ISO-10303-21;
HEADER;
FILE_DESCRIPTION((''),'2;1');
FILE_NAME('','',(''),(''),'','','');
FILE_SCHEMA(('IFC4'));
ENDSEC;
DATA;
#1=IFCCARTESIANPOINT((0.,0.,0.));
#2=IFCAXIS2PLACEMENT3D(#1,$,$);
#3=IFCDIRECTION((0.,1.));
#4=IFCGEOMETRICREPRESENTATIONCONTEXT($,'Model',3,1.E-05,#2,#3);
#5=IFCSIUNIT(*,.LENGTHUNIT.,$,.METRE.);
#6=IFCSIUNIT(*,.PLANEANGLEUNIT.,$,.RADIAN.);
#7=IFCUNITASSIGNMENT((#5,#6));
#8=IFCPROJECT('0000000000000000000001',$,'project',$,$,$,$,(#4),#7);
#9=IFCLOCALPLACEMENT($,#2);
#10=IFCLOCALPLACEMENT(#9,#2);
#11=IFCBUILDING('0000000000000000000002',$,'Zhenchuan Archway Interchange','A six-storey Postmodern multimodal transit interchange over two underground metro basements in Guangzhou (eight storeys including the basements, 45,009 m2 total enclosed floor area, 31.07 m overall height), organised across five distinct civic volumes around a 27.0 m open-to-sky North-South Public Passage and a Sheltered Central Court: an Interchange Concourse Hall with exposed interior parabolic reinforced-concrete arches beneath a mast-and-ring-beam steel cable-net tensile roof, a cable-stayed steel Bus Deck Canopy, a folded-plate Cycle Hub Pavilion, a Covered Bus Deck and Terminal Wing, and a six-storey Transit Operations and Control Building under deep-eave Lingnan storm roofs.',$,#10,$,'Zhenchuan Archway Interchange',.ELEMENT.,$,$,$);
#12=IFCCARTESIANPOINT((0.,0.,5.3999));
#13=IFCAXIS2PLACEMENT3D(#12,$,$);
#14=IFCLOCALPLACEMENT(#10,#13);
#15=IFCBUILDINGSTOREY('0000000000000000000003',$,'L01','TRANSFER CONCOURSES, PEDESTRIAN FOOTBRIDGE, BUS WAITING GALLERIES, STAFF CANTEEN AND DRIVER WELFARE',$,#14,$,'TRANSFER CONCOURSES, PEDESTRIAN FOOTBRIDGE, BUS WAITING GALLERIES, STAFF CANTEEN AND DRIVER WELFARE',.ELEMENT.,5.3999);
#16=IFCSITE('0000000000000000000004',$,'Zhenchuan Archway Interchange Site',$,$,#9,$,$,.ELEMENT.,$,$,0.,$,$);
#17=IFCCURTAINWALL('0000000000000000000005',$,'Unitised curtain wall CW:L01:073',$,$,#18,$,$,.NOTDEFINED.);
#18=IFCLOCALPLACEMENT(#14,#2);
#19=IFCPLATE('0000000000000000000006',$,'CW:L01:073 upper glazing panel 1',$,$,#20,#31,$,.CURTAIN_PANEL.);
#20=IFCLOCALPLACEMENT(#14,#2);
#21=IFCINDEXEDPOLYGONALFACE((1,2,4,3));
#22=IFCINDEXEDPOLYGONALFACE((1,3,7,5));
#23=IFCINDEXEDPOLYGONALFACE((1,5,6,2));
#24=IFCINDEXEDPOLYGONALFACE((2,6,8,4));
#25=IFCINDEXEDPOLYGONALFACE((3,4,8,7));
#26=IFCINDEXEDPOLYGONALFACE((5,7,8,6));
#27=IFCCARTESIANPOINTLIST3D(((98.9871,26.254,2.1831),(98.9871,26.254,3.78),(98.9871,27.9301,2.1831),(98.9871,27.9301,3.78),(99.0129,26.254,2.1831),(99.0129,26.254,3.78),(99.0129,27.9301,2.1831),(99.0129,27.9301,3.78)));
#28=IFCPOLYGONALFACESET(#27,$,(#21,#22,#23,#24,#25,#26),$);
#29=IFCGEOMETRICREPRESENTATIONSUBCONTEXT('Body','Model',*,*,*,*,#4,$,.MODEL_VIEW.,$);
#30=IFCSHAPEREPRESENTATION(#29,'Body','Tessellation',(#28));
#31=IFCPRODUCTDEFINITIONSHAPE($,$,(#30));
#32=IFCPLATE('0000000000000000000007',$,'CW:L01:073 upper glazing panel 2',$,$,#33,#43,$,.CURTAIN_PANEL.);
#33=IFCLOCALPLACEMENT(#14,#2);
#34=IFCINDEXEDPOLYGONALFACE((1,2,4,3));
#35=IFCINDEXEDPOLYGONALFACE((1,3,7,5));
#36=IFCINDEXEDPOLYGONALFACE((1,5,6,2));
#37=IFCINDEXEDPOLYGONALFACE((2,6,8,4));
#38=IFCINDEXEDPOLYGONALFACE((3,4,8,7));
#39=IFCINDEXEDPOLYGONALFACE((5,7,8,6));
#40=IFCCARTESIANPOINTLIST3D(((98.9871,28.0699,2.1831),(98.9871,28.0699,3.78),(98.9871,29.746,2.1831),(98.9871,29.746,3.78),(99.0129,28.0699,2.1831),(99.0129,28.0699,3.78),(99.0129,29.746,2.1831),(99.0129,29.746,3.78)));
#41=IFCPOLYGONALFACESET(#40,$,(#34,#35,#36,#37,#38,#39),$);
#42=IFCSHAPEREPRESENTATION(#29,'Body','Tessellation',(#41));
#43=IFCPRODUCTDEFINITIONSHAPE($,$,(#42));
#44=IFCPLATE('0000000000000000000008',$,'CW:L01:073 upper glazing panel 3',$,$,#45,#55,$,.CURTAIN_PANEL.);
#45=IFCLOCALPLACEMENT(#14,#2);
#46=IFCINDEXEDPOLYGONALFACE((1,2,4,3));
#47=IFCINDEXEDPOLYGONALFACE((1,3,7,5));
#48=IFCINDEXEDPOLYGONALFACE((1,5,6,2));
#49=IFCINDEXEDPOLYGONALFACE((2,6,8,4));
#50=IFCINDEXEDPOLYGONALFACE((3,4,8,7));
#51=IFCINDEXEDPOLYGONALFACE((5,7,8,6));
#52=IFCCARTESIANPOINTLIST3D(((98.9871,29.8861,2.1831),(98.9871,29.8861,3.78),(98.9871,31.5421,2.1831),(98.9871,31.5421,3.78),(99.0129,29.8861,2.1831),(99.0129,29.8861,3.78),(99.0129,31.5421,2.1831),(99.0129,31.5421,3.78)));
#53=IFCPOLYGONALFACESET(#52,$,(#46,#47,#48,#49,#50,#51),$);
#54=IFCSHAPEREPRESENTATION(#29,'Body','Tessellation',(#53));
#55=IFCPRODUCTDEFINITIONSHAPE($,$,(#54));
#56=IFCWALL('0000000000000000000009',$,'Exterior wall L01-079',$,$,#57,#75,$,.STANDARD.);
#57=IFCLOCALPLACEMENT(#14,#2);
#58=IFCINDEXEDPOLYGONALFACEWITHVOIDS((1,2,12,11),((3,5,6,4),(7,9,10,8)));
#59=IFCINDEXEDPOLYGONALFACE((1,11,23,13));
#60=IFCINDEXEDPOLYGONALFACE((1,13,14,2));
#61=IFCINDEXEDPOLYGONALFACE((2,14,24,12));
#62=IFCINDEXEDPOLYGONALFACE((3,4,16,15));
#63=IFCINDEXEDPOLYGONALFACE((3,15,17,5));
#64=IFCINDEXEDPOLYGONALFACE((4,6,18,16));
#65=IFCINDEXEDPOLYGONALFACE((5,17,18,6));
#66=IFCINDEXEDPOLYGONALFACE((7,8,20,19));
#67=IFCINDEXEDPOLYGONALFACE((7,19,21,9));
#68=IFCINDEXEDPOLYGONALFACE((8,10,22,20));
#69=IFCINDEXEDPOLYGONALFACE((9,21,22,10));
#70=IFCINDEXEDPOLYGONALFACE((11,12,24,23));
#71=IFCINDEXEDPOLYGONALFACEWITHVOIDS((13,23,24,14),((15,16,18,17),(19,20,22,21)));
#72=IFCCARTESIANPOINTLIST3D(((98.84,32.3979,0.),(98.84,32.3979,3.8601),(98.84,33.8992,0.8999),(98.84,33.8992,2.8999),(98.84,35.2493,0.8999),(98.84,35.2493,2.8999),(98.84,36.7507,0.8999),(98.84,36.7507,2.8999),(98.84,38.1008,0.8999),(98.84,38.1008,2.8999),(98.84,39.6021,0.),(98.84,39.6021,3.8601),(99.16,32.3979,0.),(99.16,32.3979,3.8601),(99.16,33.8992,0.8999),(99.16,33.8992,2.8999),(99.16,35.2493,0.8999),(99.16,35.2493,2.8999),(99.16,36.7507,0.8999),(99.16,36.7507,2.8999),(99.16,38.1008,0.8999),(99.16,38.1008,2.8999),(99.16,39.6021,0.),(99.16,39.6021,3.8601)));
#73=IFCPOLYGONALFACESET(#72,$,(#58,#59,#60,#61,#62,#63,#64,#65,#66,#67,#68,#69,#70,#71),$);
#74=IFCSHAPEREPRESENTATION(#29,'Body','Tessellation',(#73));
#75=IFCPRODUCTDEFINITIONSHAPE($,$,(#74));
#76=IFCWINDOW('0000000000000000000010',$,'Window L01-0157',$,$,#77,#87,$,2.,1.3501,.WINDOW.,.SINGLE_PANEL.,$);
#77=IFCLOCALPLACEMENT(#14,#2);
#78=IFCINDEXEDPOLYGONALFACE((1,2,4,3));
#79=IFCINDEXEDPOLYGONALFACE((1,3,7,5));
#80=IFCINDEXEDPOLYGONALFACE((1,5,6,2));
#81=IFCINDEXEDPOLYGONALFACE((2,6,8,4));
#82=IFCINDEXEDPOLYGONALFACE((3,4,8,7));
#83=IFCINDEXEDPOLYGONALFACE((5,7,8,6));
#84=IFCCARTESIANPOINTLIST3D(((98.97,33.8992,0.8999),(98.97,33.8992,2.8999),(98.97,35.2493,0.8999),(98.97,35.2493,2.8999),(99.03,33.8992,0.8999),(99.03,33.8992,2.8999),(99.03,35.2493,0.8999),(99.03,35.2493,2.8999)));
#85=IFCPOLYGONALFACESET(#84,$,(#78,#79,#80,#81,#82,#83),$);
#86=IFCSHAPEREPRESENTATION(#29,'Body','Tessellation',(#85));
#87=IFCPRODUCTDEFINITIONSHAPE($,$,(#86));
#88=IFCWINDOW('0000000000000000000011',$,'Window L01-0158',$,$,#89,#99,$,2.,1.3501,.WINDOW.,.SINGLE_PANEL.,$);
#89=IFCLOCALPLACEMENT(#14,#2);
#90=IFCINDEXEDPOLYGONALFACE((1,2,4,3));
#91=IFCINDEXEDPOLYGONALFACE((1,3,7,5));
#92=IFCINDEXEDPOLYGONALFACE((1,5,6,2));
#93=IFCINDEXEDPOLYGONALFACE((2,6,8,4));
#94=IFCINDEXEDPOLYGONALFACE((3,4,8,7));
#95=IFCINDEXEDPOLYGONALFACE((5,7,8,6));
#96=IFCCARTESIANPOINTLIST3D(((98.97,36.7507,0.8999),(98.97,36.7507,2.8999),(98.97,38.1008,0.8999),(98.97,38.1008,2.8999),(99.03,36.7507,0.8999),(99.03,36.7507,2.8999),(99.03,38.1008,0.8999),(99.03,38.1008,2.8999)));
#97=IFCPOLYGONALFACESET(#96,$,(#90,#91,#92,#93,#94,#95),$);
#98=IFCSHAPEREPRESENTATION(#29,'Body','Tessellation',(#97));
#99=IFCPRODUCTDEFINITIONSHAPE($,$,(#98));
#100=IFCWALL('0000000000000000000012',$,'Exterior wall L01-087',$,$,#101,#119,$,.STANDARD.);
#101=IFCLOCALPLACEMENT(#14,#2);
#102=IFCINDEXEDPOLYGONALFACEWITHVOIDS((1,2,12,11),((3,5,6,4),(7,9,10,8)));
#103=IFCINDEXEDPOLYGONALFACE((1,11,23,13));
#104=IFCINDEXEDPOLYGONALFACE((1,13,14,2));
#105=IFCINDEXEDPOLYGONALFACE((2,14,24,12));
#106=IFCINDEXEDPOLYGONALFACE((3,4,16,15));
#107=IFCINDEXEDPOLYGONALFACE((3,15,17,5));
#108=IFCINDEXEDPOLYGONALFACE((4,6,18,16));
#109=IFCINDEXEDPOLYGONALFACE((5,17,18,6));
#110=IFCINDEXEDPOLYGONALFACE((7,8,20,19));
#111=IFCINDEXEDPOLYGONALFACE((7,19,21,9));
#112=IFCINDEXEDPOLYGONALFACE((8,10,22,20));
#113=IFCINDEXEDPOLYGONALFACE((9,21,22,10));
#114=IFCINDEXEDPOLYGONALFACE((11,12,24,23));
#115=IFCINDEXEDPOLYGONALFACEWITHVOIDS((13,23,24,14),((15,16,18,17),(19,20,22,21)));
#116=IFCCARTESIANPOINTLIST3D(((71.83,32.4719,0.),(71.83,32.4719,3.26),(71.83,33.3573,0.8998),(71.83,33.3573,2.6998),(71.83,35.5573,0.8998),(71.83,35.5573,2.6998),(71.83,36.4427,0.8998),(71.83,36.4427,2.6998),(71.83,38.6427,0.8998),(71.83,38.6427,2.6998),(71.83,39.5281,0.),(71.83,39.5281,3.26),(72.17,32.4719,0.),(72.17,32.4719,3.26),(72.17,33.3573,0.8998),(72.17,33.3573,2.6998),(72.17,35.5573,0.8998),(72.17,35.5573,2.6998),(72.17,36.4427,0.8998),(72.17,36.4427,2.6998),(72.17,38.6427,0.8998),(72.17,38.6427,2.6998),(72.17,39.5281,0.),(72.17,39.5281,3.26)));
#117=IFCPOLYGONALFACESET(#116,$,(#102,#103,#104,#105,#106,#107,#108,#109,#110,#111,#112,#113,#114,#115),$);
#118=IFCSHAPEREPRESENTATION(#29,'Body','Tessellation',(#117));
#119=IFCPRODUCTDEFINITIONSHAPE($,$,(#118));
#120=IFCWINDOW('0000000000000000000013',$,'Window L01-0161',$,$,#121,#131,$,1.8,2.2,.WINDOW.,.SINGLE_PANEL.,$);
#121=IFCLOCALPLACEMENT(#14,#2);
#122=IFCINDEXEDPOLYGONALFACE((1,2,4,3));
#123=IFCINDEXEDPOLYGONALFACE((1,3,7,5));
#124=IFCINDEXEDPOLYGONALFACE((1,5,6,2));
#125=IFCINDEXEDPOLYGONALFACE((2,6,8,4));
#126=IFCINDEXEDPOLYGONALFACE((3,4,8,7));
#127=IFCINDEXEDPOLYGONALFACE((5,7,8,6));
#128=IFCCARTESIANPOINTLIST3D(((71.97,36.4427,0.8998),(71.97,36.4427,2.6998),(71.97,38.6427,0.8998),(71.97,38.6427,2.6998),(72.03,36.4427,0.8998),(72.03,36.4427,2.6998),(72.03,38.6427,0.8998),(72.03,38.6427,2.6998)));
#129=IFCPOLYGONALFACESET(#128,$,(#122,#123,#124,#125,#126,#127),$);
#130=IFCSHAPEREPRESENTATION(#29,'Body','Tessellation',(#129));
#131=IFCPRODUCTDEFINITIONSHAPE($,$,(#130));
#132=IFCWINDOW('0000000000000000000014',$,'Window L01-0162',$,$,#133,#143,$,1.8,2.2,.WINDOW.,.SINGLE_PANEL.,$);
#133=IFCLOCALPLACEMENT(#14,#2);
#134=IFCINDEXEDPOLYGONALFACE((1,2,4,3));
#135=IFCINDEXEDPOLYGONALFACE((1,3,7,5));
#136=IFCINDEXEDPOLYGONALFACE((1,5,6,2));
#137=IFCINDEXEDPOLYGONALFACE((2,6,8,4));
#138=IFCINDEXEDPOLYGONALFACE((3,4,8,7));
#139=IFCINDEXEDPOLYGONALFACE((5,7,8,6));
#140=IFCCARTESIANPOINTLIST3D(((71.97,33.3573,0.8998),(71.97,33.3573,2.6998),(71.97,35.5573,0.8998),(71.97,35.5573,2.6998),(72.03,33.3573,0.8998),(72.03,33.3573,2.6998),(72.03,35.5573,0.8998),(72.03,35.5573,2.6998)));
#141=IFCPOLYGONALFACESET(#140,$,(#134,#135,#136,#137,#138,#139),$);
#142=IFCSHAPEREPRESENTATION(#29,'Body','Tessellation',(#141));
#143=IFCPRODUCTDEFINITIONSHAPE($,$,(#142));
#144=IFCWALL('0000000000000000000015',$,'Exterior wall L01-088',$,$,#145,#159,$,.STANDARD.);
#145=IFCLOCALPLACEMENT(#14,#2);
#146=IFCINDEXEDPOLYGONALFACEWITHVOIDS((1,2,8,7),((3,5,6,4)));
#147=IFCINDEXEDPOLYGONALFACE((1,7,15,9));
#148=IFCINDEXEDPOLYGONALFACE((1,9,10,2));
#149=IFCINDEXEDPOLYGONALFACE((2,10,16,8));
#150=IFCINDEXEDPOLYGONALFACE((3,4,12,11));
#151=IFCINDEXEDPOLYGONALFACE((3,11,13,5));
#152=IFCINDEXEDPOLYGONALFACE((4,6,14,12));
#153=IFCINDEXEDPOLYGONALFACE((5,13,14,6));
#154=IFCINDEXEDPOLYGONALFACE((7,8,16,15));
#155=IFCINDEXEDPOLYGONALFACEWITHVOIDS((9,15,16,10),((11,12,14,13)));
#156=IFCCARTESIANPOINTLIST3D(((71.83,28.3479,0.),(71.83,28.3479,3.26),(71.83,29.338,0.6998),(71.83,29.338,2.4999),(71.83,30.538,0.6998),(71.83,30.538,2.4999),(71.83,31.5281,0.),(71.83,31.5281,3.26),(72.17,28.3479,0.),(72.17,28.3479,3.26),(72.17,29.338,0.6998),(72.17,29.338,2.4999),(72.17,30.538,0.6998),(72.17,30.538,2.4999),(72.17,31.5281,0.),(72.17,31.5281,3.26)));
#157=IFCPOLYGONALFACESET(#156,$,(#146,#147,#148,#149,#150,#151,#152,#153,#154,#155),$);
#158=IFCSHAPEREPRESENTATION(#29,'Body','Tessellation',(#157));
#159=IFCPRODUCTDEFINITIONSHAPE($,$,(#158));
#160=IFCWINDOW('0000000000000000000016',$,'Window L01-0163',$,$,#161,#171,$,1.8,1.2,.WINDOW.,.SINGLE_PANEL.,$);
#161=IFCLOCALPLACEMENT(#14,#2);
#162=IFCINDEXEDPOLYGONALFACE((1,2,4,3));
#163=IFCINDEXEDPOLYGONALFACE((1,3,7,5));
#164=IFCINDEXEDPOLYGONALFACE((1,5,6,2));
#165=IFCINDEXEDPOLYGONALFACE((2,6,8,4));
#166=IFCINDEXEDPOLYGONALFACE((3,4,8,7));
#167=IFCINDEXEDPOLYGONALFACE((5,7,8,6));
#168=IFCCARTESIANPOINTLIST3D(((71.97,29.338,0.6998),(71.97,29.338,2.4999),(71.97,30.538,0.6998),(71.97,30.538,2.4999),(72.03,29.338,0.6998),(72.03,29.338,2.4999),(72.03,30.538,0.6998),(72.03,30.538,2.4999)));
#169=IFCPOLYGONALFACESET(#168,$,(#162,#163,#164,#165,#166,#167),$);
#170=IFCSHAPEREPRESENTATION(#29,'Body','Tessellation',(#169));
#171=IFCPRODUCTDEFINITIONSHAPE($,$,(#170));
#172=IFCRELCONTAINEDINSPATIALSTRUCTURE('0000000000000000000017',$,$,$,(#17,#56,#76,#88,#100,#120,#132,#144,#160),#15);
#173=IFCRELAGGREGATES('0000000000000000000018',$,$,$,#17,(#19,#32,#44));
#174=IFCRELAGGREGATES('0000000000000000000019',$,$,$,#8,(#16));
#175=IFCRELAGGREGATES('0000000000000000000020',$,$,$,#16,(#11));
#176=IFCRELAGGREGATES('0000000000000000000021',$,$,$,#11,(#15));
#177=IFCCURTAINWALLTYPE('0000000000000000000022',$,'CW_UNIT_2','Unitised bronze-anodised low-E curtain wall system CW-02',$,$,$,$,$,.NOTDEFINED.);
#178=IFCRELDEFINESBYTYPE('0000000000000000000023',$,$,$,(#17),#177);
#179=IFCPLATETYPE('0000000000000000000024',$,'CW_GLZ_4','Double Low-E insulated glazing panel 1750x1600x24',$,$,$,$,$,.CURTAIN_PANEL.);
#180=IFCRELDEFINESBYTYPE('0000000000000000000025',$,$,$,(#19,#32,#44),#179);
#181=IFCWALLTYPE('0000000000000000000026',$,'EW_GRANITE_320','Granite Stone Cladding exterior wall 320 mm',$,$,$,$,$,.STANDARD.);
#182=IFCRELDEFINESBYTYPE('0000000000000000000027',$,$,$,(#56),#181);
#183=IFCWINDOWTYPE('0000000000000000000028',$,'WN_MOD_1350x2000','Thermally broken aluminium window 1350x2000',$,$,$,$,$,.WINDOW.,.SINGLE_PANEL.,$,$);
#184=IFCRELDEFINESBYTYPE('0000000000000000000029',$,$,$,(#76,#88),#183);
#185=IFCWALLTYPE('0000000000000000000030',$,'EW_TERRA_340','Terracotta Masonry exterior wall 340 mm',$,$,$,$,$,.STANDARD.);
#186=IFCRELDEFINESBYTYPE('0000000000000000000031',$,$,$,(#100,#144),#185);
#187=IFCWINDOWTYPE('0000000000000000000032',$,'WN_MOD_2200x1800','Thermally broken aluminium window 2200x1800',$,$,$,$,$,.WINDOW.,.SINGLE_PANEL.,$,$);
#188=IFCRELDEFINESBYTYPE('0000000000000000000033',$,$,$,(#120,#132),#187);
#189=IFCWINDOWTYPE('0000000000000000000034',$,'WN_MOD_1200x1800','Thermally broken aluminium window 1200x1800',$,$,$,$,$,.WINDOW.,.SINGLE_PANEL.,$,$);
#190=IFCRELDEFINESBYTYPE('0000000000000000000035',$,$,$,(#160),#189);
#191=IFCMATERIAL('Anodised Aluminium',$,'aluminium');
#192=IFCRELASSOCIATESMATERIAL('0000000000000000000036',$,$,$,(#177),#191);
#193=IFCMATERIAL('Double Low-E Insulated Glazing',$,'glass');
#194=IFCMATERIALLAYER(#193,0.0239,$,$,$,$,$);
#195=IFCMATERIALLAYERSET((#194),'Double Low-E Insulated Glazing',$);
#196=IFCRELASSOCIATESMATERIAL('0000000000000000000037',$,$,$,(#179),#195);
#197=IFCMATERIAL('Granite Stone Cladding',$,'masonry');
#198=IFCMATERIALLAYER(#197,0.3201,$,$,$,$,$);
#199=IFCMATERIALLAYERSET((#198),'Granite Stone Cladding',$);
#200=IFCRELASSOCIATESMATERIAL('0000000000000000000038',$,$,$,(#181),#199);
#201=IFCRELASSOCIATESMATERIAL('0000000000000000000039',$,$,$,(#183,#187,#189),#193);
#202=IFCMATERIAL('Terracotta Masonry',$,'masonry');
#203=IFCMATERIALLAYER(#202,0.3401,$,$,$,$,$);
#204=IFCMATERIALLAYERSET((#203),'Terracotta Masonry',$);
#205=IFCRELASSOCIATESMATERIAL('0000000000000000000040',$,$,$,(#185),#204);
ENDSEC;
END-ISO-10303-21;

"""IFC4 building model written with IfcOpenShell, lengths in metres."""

from ifc_helpers import new_model, si_unit, direction, frame, frame_2d, origin, origin_2d, place, context, subcontext, project, spatial, rectangle, extrude, material, layer, layer_set, type_object, element, fill, aggregate, save


model = new_model("IFC4")

# Units and contexts
model_context = context("Model", 3, precision=1e-05, world=origin(), true_north=direction((0.0, 1.0)))
body_context = subcontext(model_context, "Body", "Model", "MODEL_VIEW")
ifc_project = project(units=[si_unit("LENGTHUNIT", "METRE"), si_unit("PLANEANGLEUNIT", "RADIAN")], contexts=[model_context])

# Site, building, storey
site_placement = place(None, origin())
site = spatial("IfcSite", under=ifc_project, at=site_placement, Name="Zhenchuan Archway Interchange Site", CompositionType="ELEMENT", RefElevation=0.0)
building_placement = place(site_placement, origin())
building = spatial("IfcBuilding", under=site, at=building_placement, Name="Zhenchuan Archway Interchange", Description="A six-storey Postmodern multimodal transit interchange over two underground metro basements in Guangzhou (eight storeys including the basements, 45,009 m2 total enclosed floor area, 31.07 m overall height), organised across five distinct civic volumes around a 27.0 m open-to-sky North-South Public Passage and a Sheltered Central Court: an Interchange Concourse Hall with exposed interior parabolic reinforced-concrete arches beneath a mast-and-ring-beam steel cable-net tensile roof, a cable-stayed steel Bus Deck Canopy, a folded-plate Cycle Hub Pavilion, a Covered Bus Deck and Terminal Wing, and a six-storey Transit Operations and Control Building under deep-eave Lingnan storm roofs.", LongName="Zhenchuan Archway Interchange", CompositionType="ELEMENT")
storey_placement = place(building_placement, frame((0.0, 0.0, 5.3999)))
storey = spatial("IfcBuildingStorey", under=building, at=storey_placement, Name="L01", Description="TRANSFER CONCOURSES, PEDESTRIAN FOOTBRIDGE, BUS WAITING GALLERIES, STAFF CANTEEN AND DRIVER WELFARE", LongName="TRANSFER CONCOURSES, PEDESTRIAN FOOTBRIDGE, BUS WAITING GALLERIES, STAFF CANTEEN AND DRIVER WELFARE", CompositionType="ELEMENT", Elevation=5.3999)

# Curtain wall
ifc_material_1 = material(Name="Anodised Aluminium", Category="aluminium")
curtain_wall_type = type_object("IfcCurtainWallType", Name="CW_UNIT_2", Description="Unitised bronze-anodised low-E curtain wall system CW-02", PredefinedType="NOTDEFINED", material=ifc_material_1)
curtain_wall_placement = place(storey_placement, origin())
curtain_wall = element("IfcCurtainWall", 1, at=curtain_wall_placement, inside=storey, type_object=curtain_wall_type, Name="Unitised curtain wall CW:L01:073", PredefinedType="NOTDEFINED")

# Plates
ifc_material_2 = material(Name="Double Low-E Insulated Glazing", Category="glass")
ifc_layer_1 = layer(ifc_material_2, 0.0239)
ifc_layer_set_1 = layer_set([ifc_layer_1], Name="Double Low-E Insulated Glazing")
plate_type_1 = type_object("IfcPlateType", Name="CW_GLZ_4", Description="Double Low-E insulated glazing panel 1750x1600x24", PredefinedType="CURTAIN_PANEL", material=ifc_layer_set_1)
plate_1_placement = place(storey_placement, frame((99.0, 27.092, 2.1831), z_axis=(0.0, 0.0, 1.0), x_axis=(0.0, 1.0, 0.0)))
plate_1 = element("IfcPlate", 2, at=plate_1_placement, type_object=plate_type_1, Name="CW:L01:073 upper glazing panel 1", PredefinedType="CURTAIN_PANEL", context=body_context, shape_type="SweptSolid", body=[
    extrude(rectangle(XDim=1.676, YDim=0.0259, at=origin_2d()), origin(), (0.0, 0.0, 1.0), 1.5969),
])
plate_2_placement = place(storey_placement, frame((99.0, 28.908, 2.1831), z_axis=(0.0, 0.0, 1.0), x_axis=(0.0, 1.0, 0.0)))
plate_2 = element("IfcPlate", 3, at=plate_2_placement, type_object=plate_type_1, Name="CW:L01:073 upper glazing panel 2", PredefinedType="CURTAIN_PANEL", context=body_context, shape_type="SweptSolid", body=[
    extrude(rectangle(XDim=1.676, YDim=0.0259, at=origin_2d()), origin(), (0.0, 0.0, 1.0), 1.5969),
])
plate_3_placement = place(storey_placement, frame((99.0, 30.7141, 2.1831), z_axis=(0.0, 0.0, 1.0), x_axis=(0.0, 1.0, 0.0)))
plate_3 = element("IfcPlate", 4, at=plate_3_placement, type_object=plate_type_1, Name="CW:L01:073 upper glazing panel 3", PredefinedType="CURTAIN_PANEL", context=body_context, shape_type="SweptSolid", body=[
    extrude(rectangle(XDim=1.656, YDim=0.0259, at=origin_2d()), origin(), (0.0, 0.0, 1.0), 1.5969),
])
aggregate(curtain_wall, [plate_1, plate_2, plate_3])

# Walls, openings, windows
ifc_material_3 = material(Name="Granite Stone Cladding", Category="masonry")
ifc_layer_2 = layer(ifc_material_3, 0.3201)
ifc_layer_set_2 = layer_set([ifc_layer_2], Name="Granite Stone Cladding")
wall_type_1 = type_object("IfcWallType", Name="EW_GRANITE_320", Description="Granite Stone Cladding exterior wall 320 mm", PredefinedType="STANDARD", material=ifc_layer_set_2)
wall_1_placement = place(storey_placement, frame((99.0, 32.3979, 0.0), z_axis=(0.0, 0.0, 1.0), x_axis=(0.0, 1.0, 0.0)))
wall_1 = element("IfcWall", 5, at=wall_1_placement, inside=storey, type_object=wall_type_1, Name="Exterior wall L01-079", PredefinedType="STANDARD", context=body_context, shape_type="SweptSolid", body=[
    extrude(rectangle(XDim=7.2041, YDim=0.3201, at=frame_2d((3.6021, 0.0))), origin(), (0.0, 0.0, 1.0), 3.8601),
])
opening_1_placement = place(wall_1_placement, frame((1.5012, 0.0, 0.8999)))
opening_1 = element("IfcOpeningElement", 6, at=opening_1_placement, cuts=wall_1, PredefinedType="OPENING", context=body_context, shape_type="SweptSolid", body=[
    extrude(rectangle(XDim=1.3501, YDim=2.0, at=frame_2d((0.675, 1.0))), frame((0.0, 0.1719, 0.0), z_axis=(0.0, -1.0, 0.0), x_axis=(1.0, 0.0, 0.0)), (0.0, 0.0, 1.0), 0.344),
])
opening_2_placement = place(wall_1_placement, frame((4.3528, 0.0, 0.8999)))
opening_2 = element("IfcOpeningElement", 7, at=opening_2_placement, cuts=wall_1, PredefinedType="OPENING", context=body_context, shape_type="SweptSolid", body=[
    extrude(rectangle(XDim=1.3501, YDim=2.0, at=frame_2d((0.675, 1.0))), frame((0.0, 0.1719, 0.0), z_axis=(0.0, -1.0, 0.0), x_axis=(1.0, 0.0, 0.0)), (0.0, 0.0, 1.0), 0.344),
])
window_type_1 = type_object("IfcWindowType", Name="WN_MOD_1350x2000", Description="Thermally broken aluminium window 1350x2000", PartitioningType="SINGLE_PANEL", PredefinedType="WINDOW", material=ifc_material_2)
window_1_placement = place(opening_1_placement, origin())
window_1 = element("IfcWindow", 8, at=window_1_placement, inside=storey, type_object=window_type_1, Name="Window L01-0157", OverallHeight=2.0, OverallWidth=1.3501, PartitioningType="SINGLE_PANEL", PredefinedType="WINDOW", context=body_context, shape_type="SweptSolid", body=[
    extrude(rectangle(XDim=1.3501, YDim=2.0, at=frame_2d((0.675, 1.0))), frame((0.0, 0.03, 0.0), z_axis=(0.0, -1.0, 0.0), x_axis=(1.0, 0.0, 0.0)), (0.0, 0.0, 1.0), 0.0601),
])
fill(opening_1, window_1)
window_2_placement = place(opening_2_placement, origin())
window_2 = element("IfcWindow", 9, at=window_2_placement, inside=storey, type_object=window_type_1, Name="Window L01-0158", OverallHeight=2.0, OverallWidth=1.3501, PartitioningType="SINGLE_PANEL", PredefinedType="WINDOW", context=body_context, shape_type="SweptSolid", body=[
    extrude(rectangle(XDim=1.3501, YDim=2.0, at=frame_2d((0.675, 1.0))), frame((0.0, 0.03, 0.0), z_axis=(0.0, -1.0, 0.0), x_axis=(1.0, 0.0, 0.0)), (0.0, 0.0, 1.0), 0.0601),
])
fill(opening_2, window_2)
ifc_material_4 = material(Name="Terracotta Masonry", Category="masonry")
ifc_layer_3 = layer(ifc_material_4, 0.3401)
ifc_layer_set_3 = layer_set([ifc_layer_3], Name="Terracotta Masonry")
wall_type_2 = type_object("IfcWallType", Name="EW_TERRA_340", Description="Terracotta Masonry exterior wall 340 mm", PredefinedType="STANDARD", material=ifc_layer_set_3)
wall_2_placement = place(storey_placement, frame((72.0, 39.5281, 0.0), z_axis=(0.0, 0.0, 1.0), x_axis=(0.0, -1.0, 0.0)))
wall_2 = element("IfcWall", 10, at=wall_2_placement, inside=storey, type_object=wall_type_2, Name="Exterior wall L01-087", PredefinedType="STANDARD", context=body_context, shape_type="SweptSolid", body=[
    extrude(rectangle(XDim=7.0562, YDim=0.3401, at=frame_2d((3.5281, 0.0))), origin(), (0.0, 0.0, 1.0), 3.26),
])
opening_3_placement = place(wall_2_placement, frame((0.8853, 0.0, 0.8999)))
opening_3 = element("IfcOpeningElement", 11, at=opening_3_placement, cuts=wall_2, PredefinedType="OPENING", context=body_context, shape_type="SweptSolid", body=[
    extrude(rectangle(XDim=2.2, YDim=1.8, at=frame_2d((1.1001, 0.8999))), frame((0.0, 0.1821, 0.0), z_axis=(0.0, -1.0, 0.0), x_axis=(1.0, 0.0, 0.0)), (0.0, 0.0, 1.0), 0.364),
])
opening_4_placement = place(wall_2_placement, frame((3.9707, 0.0, 0.8999)))
opening_4 = element("IfcOpeningElement", 12, at=opening_4_placement, cuts=wall_2, PredefinedType="OPENING", context=body_context, shape_type="SweptSolid", body=[
    extrude(rectangle(XDim=2.2, YDim=1.8, at=frame_2d((1.1001, 0.8999))), frame((0.0, 0.1821, 0.0), z_axis=(0.0, -1.0, 0.0), x_axis=(1.0, 0.0, 0.0)), (0.0, 0.0, 1.0), 0.364),
])
window_type_2 = type_object("IfcWindowType", Name="WN_MOD_2200x1800", Description="Thermally broken aluminium window 2200x1800", PartitioningType="SINGLE_PANEL", PredefinedType="WINDOW", material=ifc_material_2)
window_3_placement = place(opening_3_placement, origin())
window_3 = element("IfcWindow", 13, at=window_3_placement, inside=storey, type_object=window_type_2, Name="Window L01-0161", OverallHeight=1.8, OverallWidth=2.2, PartitioningType="SINGLE_PANEL", PredefinedType="WINDOW", context=body_context, shape_type="SweptSolid", body=[
    extrude(rectangle(XDim=2.2, YDim=1.8, at=frame_2d((1.1001, 0.8999))), frame((0.0, 0.03, 0.0), z_axis=(0.0, -1.0, 0.0), x_axis=(1.0, 0.0, 0.0)), (0.0, 0.0, 1.0), 0.0601),
])
fill(opening_3, window_3)
window_4_placement = place(opening_4_placement, origin())
window_4 = element("IfcWindow", 14, at=window_4_placement, inside=storey, type_object=window_type_2, Name="Window L01-0162", OverallHeight=1.8, OverallWidth=2.2, PartitioningType="SINGLE_PANEL", PredefinedType="WINDOW", context=body_context, shape_type="SweptSolid", body=[
    extrude(rectangle(XDim=2.2, YDim=1.8, at=frame_2d((1.1001, 0.8999))), frame((0.0, 0.03, 0.0), z_axis=(0.0, -1.0, 0.0), x_axis=(1.0, 0.0, 0.0)), (0.0, 0.0, 1.0), 0.0601),
])
fill(opening_4, window_4)

# Wall, opening, window
wall_3_placement = place(storey_placement, frame((72.0, 31.5281, 0.0), z_axis=(0.0, 0.0, 1.0), x_axis=(0.0, -1.0, 0.0)))
wall_3 = element("IfcWall", 15, at=wall_3_placement, inside=storey, type_object=wall_type_2, Name="Exterior wall L01-088", PredefinedType="STANDARD", context=body_context, shape_type="SweptSolid", body=[
    extrude(rectangle(XDim=3.1802, YDim=0.3401, at=frame_2d((1.5901, 0.0))), origin(), (0.0, 0.0, 1.0), 3.26),
])
opening_5_placement = place(wall_3_placement, frame((0.99, 0.0, 0.7)))
opening_5 = element("IfcOpeningElement", 16, at=opening_5_placement, cuts=wall_3, PredefinedType="OPENING", context=body_context, shape_type="SweptSolid", body=[
    extrude(rectangle(XDim=1.2, YDim=1.8, at=frame_2d((0.6001, 0.8999))), frame((0.0, 0.1821, 0.0), z_axis=(0.0, -1.0, 0.0), x_axis=(1.0, 0.0, 0.0)), (0.0, 0.0, 1.0), 0.364),
])
window_type_3 = type_object("IfcWindowType", Name="WN_MOD_1200x1800", Description="Thermally broken aluminium window 1200x1800", PartitioningType="SINGLE_PANEL", PredefinedType="WINDOW", material=ifc_material_2)
window_5_placement = place(opening_5_placement, origin())
window_5 = element("IfcWindow", 17, at=window_5_placement, inside=storey, type_object=window_type_3, Name="Window L01-0163", OverallHeight=1.8, OverallWidth=1.2, PartitioningType="SINGLE_PANEL", PredefinedType="WINDOW", context=body_context, shape_type="SweptSolid", body=[
    extrude(rectangle(XDim=1.2, YDim=1.8, at=frame_2d((0.6001, 0.8999))), frame((0.0, 0.03, 0.0), z_axis=(0.0, -1.0, 0.0), x_axis=(1.0, 0.0, 0.0)), (0.0, 0.0, 1.0), 0.0601),
])
fill(opening_5, window_5)

save(model, "model.ifc")
